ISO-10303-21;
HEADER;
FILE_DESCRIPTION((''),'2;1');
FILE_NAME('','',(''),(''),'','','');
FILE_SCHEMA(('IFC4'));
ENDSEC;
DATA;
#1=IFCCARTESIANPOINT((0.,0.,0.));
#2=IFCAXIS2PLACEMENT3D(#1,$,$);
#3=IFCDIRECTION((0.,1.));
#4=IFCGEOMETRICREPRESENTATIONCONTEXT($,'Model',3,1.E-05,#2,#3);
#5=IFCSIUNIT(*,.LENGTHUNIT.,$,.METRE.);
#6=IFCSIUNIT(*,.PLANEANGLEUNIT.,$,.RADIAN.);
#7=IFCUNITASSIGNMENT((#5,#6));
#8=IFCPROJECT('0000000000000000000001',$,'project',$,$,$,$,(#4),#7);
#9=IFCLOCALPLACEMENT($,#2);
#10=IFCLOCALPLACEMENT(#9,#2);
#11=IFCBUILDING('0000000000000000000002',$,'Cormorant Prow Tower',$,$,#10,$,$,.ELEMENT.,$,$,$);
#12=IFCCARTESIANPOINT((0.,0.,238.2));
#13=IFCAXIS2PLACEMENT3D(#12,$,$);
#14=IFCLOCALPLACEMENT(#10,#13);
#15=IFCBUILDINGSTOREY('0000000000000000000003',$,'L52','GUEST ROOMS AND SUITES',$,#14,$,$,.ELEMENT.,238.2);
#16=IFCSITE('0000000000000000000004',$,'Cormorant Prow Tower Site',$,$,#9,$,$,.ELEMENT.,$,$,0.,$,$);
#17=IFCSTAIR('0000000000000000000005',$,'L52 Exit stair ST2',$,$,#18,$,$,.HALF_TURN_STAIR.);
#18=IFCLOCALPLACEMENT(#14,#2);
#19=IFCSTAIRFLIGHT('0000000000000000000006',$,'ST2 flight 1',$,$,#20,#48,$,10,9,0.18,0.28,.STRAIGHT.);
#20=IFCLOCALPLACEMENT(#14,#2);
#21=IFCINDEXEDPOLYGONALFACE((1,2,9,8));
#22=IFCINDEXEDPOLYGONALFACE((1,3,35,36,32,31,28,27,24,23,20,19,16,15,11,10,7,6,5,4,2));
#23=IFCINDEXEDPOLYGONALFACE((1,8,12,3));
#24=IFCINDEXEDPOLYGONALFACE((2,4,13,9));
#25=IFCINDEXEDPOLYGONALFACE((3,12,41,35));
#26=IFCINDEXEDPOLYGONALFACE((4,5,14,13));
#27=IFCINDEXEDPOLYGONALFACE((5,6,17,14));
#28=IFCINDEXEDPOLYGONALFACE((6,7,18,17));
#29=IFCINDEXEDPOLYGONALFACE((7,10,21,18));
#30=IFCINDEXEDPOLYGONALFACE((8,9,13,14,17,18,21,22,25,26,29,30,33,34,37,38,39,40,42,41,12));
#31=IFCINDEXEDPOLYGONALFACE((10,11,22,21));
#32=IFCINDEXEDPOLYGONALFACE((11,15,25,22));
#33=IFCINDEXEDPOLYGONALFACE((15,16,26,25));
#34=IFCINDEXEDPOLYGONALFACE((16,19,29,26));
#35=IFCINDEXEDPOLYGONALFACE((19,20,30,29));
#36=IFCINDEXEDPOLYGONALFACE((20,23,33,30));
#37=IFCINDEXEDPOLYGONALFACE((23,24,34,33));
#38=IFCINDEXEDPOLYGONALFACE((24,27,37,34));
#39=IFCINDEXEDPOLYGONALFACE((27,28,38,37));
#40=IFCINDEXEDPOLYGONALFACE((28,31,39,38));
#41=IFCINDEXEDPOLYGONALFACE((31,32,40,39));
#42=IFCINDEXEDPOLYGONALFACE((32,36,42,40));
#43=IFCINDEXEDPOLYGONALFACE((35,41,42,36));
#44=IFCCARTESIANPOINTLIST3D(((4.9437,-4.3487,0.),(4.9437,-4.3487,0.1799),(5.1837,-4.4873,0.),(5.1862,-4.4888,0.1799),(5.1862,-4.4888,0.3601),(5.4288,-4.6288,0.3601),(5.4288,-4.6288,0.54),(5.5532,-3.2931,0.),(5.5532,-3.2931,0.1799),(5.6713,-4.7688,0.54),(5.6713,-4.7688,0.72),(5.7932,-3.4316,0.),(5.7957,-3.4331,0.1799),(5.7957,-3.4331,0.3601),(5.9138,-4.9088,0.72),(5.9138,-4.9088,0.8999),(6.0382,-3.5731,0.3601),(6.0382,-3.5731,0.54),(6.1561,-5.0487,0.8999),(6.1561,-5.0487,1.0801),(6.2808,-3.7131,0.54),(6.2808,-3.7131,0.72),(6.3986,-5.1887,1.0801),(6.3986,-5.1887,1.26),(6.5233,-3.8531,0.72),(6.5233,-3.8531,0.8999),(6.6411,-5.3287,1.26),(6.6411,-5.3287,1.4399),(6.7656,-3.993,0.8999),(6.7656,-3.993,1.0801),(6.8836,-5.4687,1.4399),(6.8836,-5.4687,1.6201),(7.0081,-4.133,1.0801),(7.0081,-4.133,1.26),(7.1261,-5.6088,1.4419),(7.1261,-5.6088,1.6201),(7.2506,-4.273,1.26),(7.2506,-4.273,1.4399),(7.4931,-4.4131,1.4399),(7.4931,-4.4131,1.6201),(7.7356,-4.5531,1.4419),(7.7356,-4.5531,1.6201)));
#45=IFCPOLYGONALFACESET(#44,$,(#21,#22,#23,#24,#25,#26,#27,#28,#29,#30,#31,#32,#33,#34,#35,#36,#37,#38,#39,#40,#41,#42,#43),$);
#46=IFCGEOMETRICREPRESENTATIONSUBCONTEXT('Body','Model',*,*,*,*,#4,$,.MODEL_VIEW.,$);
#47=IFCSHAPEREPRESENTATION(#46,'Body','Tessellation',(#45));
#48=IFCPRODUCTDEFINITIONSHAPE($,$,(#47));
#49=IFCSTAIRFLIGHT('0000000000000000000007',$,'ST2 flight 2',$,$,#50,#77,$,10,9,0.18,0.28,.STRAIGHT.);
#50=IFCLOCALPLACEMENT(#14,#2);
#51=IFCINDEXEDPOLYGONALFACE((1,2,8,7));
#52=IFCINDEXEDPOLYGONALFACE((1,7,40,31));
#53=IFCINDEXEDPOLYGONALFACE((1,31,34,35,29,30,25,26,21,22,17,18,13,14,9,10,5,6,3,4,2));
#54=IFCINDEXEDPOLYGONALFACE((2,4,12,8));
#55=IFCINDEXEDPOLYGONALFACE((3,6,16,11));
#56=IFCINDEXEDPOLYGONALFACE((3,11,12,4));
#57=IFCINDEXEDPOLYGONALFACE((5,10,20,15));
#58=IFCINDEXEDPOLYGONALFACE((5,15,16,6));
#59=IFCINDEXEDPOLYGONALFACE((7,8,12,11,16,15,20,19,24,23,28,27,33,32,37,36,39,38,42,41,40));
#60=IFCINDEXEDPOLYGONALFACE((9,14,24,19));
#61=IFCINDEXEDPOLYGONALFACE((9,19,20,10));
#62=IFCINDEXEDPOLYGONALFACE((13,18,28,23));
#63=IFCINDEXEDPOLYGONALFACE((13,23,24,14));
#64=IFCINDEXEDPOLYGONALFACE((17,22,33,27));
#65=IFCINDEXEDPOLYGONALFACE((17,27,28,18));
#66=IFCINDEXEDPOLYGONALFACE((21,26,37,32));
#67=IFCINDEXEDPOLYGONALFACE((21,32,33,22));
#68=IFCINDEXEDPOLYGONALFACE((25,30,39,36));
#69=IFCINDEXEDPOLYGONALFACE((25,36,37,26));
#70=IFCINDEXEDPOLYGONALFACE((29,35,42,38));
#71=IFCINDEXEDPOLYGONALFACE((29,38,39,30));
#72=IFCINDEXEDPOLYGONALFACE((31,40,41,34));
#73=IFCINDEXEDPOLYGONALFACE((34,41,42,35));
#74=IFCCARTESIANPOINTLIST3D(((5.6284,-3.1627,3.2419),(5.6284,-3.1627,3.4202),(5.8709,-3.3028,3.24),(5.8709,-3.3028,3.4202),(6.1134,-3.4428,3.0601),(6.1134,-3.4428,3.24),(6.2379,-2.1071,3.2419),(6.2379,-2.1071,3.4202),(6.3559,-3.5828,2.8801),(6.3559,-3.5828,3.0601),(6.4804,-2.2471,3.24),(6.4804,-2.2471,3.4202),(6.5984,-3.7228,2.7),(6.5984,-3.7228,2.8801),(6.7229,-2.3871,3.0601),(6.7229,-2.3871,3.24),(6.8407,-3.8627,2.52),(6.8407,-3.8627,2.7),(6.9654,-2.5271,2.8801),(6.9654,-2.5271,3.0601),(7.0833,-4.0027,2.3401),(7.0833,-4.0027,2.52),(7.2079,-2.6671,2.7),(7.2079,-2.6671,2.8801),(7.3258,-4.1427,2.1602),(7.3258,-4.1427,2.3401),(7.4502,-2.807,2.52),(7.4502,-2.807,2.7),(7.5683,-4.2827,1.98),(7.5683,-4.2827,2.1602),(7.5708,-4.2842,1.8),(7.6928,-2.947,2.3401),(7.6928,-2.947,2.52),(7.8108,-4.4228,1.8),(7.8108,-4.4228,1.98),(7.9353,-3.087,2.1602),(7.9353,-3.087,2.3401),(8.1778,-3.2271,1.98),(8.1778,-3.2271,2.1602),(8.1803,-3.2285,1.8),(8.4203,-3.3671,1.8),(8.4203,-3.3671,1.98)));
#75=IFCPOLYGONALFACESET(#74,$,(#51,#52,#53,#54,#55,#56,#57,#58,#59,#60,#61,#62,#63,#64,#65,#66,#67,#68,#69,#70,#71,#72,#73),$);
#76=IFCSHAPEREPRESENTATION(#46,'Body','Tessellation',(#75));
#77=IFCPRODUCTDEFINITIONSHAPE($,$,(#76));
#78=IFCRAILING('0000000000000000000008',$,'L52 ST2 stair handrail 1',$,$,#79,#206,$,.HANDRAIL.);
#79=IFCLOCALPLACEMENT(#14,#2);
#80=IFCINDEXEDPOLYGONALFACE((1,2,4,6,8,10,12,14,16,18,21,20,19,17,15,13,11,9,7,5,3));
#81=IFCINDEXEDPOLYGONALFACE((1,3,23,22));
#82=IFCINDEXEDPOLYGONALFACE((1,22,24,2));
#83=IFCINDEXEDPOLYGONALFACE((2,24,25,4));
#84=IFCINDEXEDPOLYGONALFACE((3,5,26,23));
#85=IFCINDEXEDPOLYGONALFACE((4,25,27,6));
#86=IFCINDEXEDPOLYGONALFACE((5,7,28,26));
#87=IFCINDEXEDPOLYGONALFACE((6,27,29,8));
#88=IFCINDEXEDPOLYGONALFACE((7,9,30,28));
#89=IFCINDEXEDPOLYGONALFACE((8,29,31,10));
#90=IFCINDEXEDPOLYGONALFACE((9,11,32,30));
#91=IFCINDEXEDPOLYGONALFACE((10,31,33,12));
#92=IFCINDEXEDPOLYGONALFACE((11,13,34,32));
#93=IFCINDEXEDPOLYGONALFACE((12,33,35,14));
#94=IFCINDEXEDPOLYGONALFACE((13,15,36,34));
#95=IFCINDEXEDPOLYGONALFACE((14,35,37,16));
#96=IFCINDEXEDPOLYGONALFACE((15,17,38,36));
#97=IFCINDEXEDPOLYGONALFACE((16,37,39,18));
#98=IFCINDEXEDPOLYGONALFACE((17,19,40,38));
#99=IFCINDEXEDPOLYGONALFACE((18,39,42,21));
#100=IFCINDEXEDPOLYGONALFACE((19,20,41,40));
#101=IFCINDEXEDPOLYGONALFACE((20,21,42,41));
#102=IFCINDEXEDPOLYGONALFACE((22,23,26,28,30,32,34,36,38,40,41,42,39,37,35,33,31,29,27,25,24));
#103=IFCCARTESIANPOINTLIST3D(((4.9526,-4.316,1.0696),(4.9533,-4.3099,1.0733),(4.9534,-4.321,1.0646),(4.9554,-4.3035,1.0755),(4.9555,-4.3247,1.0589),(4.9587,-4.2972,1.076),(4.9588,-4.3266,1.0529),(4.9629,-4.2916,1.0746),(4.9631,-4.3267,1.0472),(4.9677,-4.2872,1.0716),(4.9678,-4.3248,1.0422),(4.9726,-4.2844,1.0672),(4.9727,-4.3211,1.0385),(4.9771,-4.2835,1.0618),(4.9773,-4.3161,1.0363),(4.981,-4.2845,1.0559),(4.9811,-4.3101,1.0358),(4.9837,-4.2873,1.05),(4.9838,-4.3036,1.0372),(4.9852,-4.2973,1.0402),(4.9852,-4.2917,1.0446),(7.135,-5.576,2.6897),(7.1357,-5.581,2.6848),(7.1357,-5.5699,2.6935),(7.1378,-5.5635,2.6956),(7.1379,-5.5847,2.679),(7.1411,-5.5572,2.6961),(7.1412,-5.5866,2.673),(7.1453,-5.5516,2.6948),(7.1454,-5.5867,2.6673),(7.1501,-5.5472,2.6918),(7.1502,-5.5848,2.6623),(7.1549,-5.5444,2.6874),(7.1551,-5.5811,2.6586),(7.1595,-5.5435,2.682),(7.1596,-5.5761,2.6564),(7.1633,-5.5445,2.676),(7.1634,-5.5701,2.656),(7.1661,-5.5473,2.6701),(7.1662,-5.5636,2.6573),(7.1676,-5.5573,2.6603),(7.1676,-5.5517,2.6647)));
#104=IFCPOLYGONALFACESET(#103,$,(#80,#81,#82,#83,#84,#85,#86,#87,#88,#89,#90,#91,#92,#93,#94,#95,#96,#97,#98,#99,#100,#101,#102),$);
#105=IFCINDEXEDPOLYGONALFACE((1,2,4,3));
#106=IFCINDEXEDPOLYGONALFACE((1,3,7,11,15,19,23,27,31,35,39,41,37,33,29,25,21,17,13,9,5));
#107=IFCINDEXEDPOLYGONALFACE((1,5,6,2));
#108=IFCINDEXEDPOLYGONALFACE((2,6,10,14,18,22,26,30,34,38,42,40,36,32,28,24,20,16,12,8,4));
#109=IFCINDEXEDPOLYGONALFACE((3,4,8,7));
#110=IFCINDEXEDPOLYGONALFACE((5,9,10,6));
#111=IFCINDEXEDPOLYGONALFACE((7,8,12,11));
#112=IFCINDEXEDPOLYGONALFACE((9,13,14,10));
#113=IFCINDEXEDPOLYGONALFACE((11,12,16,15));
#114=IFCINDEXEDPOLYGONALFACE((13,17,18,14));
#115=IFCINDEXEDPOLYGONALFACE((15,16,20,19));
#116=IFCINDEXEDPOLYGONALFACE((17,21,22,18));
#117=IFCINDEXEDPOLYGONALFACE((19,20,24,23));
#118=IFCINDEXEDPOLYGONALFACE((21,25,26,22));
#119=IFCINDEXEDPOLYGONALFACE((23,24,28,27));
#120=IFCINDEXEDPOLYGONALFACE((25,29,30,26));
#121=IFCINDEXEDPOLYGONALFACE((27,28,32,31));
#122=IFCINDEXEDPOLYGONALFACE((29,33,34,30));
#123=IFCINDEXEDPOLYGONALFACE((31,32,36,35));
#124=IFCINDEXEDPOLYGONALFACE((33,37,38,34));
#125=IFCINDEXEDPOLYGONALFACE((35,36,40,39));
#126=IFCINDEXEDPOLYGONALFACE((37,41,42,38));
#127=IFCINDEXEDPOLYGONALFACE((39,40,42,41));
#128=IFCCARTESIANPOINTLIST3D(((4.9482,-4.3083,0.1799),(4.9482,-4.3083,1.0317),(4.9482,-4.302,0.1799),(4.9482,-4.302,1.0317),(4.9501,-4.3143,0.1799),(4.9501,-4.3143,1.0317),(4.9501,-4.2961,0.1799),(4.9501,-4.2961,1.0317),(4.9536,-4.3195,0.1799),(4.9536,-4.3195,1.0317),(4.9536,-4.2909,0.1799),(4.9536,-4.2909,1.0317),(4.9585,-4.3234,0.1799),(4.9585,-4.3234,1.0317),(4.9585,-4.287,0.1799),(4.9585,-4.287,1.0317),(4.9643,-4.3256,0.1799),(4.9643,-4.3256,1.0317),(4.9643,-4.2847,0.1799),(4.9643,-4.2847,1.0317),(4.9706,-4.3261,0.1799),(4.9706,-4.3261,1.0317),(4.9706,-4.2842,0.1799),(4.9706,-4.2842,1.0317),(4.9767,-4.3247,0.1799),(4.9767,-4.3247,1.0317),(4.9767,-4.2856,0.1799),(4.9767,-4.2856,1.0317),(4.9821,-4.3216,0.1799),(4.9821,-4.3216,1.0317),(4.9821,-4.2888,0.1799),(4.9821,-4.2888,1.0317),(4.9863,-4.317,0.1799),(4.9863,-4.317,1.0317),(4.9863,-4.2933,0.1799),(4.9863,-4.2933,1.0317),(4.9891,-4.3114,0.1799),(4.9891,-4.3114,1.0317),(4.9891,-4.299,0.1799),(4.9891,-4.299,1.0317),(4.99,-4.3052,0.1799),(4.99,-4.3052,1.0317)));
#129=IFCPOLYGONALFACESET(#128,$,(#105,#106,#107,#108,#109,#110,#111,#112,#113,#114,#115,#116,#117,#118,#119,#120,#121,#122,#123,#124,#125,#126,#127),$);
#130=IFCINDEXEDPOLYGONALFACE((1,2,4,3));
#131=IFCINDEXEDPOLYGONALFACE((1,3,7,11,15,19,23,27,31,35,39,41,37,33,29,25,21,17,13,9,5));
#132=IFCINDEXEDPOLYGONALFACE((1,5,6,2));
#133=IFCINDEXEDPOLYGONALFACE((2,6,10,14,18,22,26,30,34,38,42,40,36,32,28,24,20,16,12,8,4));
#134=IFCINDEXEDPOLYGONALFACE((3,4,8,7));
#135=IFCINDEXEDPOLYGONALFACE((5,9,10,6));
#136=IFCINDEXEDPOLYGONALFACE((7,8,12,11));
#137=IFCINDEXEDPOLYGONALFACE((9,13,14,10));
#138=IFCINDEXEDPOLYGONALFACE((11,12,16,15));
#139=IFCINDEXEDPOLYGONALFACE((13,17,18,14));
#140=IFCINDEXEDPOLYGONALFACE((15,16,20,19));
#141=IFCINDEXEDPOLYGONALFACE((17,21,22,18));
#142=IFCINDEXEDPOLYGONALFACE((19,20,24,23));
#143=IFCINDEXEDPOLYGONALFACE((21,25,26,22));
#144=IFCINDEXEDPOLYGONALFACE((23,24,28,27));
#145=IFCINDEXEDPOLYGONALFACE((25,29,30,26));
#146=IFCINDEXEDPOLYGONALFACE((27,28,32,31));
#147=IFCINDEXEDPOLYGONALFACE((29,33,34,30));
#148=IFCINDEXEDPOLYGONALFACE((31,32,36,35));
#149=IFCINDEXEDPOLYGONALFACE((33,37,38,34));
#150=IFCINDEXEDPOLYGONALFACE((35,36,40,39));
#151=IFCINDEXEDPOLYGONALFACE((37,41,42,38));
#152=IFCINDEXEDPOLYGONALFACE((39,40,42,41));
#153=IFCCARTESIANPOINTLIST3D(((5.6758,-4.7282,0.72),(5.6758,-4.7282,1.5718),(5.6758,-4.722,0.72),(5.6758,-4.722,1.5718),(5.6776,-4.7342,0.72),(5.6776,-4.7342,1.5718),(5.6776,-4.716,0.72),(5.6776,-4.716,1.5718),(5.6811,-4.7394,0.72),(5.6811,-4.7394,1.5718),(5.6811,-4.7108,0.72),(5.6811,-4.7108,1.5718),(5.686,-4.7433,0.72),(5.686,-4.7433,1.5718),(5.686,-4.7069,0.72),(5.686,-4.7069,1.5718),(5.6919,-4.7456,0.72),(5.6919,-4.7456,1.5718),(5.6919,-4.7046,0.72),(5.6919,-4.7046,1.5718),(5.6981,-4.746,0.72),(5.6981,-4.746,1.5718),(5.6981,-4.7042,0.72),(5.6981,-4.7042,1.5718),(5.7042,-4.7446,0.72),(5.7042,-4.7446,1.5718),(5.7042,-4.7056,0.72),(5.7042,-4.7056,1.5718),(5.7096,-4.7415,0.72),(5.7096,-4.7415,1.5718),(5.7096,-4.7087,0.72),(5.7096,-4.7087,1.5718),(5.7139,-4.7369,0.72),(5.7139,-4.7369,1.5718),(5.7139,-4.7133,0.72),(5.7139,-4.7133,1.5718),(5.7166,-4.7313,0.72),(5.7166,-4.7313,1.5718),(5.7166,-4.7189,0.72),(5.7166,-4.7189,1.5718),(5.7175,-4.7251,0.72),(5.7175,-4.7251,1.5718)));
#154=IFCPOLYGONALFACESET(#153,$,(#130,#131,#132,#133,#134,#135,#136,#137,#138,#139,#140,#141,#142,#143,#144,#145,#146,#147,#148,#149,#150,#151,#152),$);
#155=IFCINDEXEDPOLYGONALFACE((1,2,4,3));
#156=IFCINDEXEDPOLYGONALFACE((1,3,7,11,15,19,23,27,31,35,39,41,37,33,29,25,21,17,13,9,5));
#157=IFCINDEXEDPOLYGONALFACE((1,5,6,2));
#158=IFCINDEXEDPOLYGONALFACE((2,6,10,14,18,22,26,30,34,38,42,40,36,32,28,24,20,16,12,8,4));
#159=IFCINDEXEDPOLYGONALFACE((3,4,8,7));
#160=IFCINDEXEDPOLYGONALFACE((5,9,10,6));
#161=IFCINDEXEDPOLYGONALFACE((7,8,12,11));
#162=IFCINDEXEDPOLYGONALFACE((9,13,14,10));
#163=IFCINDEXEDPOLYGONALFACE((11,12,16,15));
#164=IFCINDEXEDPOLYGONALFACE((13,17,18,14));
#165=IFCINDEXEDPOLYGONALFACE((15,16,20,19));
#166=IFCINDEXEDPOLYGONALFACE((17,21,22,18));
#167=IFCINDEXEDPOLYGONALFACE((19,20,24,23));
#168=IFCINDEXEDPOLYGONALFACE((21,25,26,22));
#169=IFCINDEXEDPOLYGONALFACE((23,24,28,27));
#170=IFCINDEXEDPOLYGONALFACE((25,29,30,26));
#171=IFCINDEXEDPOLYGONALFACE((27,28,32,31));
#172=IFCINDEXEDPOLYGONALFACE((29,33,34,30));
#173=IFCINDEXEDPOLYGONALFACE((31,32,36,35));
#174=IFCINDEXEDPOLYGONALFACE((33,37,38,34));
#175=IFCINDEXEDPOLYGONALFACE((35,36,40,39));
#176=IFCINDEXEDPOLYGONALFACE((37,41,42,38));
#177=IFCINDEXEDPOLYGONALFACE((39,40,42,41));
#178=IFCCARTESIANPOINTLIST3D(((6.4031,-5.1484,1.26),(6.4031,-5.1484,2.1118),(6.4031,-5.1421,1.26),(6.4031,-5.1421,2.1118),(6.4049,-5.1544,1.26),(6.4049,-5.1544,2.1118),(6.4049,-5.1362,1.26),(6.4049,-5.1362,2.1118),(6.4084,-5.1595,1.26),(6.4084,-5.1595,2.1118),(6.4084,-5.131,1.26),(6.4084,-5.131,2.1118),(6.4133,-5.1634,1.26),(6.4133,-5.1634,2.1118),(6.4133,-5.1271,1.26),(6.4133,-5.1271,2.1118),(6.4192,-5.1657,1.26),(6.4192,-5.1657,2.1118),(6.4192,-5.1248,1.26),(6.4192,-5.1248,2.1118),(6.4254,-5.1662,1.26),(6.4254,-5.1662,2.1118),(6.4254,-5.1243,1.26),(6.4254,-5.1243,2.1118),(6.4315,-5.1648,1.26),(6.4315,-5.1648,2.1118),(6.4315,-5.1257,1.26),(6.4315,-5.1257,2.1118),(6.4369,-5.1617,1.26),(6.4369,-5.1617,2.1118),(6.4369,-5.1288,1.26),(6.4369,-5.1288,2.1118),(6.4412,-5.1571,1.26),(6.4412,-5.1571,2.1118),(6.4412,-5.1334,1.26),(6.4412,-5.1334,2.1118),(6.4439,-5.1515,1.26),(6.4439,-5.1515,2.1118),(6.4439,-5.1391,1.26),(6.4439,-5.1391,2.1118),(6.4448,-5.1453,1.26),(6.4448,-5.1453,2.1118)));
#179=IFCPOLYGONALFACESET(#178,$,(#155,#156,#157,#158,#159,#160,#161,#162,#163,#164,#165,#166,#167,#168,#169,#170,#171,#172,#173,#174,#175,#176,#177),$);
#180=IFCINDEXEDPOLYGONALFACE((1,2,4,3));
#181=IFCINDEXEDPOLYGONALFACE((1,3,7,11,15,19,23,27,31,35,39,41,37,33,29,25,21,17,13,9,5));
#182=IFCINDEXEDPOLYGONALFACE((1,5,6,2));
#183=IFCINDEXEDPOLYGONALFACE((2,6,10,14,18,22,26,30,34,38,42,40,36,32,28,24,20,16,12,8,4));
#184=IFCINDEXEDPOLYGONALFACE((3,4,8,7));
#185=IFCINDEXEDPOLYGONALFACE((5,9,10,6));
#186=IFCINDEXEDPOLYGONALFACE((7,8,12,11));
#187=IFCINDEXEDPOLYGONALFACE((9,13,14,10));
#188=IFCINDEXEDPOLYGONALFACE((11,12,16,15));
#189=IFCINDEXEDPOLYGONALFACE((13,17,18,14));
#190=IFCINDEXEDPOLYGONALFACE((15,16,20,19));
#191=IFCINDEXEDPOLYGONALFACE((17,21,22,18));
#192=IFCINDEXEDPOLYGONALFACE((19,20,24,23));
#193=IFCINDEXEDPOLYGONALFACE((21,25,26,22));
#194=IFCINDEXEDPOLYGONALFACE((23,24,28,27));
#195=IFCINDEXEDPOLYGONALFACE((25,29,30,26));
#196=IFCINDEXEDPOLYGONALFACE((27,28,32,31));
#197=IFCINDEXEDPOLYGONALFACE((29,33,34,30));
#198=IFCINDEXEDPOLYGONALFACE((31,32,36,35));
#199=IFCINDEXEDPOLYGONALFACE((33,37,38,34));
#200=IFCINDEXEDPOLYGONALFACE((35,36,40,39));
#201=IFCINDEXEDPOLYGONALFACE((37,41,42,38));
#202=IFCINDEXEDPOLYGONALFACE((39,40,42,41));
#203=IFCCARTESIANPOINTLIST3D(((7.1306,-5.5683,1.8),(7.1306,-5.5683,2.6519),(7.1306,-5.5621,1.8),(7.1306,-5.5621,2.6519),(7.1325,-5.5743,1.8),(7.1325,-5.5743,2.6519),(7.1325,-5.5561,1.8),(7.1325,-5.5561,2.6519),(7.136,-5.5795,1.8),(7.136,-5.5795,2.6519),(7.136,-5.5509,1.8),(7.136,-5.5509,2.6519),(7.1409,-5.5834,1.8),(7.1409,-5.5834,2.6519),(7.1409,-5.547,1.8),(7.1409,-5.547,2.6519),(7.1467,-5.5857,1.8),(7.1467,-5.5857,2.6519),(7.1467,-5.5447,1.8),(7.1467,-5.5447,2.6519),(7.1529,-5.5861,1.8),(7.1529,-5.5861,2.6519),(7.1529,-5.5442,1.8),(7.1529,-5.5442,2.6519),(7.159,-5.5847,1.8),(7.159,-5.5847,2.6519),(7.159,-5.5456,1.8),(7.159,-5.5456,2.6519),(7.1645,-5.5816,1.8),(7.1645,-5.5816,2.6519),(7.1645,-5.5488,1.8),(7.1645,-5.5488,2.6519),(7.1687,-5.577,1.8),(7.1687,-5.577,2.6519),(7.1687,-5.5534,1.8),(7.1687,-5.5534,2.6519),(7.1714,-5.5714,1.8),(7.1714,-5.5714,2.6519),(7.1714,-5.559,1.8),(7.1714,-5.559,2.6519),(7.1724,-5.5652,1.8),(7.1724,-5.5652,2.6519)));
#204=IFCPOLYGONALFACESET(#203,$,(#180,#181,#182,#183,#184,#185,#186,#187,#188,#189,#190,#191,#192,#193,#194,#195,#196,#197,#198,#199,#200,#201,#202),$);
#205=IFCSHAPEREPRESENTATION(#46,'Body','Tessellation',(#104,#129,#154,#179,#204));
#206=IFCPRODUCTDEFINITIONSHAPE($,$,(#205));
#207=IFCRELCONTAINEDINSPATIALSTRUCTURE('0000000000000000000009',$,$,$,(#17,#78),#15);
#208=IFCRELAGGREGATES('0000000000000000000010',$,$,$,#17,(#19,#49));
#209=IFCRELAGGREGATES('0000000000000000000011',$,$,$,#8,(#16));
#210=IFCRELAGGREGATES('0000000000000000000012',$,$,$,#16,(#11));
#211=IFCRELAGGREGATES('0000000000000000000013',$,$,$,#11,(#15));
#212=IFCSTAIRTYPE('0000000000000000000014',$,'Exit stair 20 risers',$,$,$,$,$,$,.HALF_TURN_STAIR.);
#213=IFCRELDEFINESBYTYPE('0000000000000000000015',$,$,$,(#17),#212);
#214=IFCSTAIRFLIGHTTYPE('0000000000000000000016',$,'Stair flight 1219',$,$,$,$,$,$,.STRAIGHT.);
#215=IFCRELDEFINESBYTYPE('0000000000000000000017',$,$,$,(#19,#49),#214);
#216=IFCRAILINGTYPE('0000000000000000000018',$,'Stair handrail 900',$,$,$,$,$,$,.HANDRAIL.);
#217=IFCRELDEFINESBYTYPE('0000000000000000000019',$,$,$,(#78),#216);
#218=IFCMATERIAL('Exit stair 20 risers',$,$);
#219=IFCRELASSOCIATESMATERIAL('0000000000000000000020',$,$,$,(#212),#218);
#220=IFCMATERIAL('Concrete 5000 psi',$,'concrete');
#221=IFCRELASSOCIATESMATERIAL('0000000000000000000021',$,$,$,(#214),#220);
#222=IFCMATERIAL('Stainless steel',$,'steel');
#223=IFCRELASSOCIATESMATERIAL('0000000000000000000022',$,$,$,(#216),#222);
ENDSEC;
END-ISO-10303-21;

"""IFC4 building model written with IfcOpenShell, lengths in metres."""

from ifc_helpers import new_model, si_unit, direction, frame, origin, origin_2d, place, context, subcontext, project, spatial, polyline, circle, outline, extrude, material, type_object, element, aggregate, save


model = new_model("IFC4")

# Units and contexts
model_context = context("Model", 3, precision=1e-05, world=origin(), true_north=direction((0.0, 1.0)))
body_context = subcontext(model_context, "Body", "Model", "MODEL_VIEW")
ifc_project = project(units=[si_unit("LENGTHUNIT", "METRE"), si_unit("PLANEANGLEUNIT", "RADIAN")], contexts=[model_context])

# Site, building, storey
site_placement = place(None, origin())
site = spatial("IfcSite", under=ifc_project, at=site_placement, Name="Cormorant Prow Tower Site", CompositionType="ELEMENT", RefElevation=0.0)
building_placement = place(site_placement, origin())
building = spatial("IfcBuilding", under=site, at=building_placement, Name="Cormorant Prow Tower", CompositionType="ELEMENT")
storey_placement = place(building_placement, frame((0.0, 0.0, 238.2)))
storey = spatial("IfcBuildingStorey", under=building, at=storey_placement, Name="L52", Description="GUEST ROOMS AND SUITES", CompositionType="ELEMENT", Elevation=238.2)

# Stair, stair flights
ifc_material_1 = material(Name="Exit stair 20 risers")
stair_type = type_object("IfcStairType", Name="Exit stair 20 risers", PredefinedType="HALF_TURN_STAIR", material=ifc_material_1)
stair_placement = place(storey_placement, origin())
stair = element("IfcStair", 1, at=stair_placement, inside=storey, type_object=stair_type, Name="L52 Exit stair ST2", PredefinedType="HALF_TURN_STAIR")
ifc_material_2 = material(Name="Concrete 5000 psi", Category="concrete")
stair_flight_type = type_object("IfcStairFlightType", Name="Stair flight 1219", PredefinedType="STRAIGHT", material=ifc_material_2)
stair_flight_1_placement = place(storey_placement, frame((5.2485, -3.8208, 0.0), z_axis=(0.0, 0.0, 1.0), x_axis=(0.866025, -0.5, 0.0)))
stair_flight_1 = element("IfcStairFlight", 2, at=stair_flight_1_placement, type_object=stair_flight_type, Name="ST2 flight 1", NumberOfRisers=10, NumberOfTreads=9, PredefinedType="STRAIGHT", RiserHeight=0.18, TreadLength=0.28, context=body_context, shape_type="SweptSolid", body=[
    extrude(outline(polyline([(0.0, 0.0), (0.0, 0.1799), (0.28, 0.1799), (0.28, 0.3601), (0.5601, 0.3601), (0.5601, 0.54), (0.8401, 0.54), (0.8401, 0.72), (1.1201, 0.72), (1.1201, 0.8999), (1.3999, 0.8999), (1.3999, 1.0801), (1.6799, 1.0801), (1.6799, 1.26), (1.96, 1.26), (1.96, 1.4399), (2.24, 1.4399), (2.24, 1.6201), (2.52, 1.6201), (2.52, 1.8), (2.52, 1.4419), (0.2771, 0.0), (0.0, 0.0)])), frame((0.0, 0.6094, 0.0), z_axis=(0.0, -1.0, 0.0), x_axis=(1.0, 0.0, 0.0)), (0.0, 0.0, 1.0), 1.219),
])
stair_flight_2_placement = place(storey_placement, frame((8.1155, -3.895, 1.8), z_axis=(0.0, 0.0, 1.0), x_axis=(-0.866025, 0.5, 0.0)))
stair_flight_2 = element("IfcStairFlight", 3, at=stair_flight_2_placement, type_object=stair_flight_type, Name="ST2 flight 2", NumberOfRisers=10, NumberOfTreads=9, PredefinedType="STRAIGHT", RiserHeight=0.18, TreadLength=0.28, context=body_context, shape_type="SweptSolid", body=[
    extrude(outline(polyline([(0.0, 0.0), (0.0, 0.1799), (0.28, 0.1799), (0.28, 0.3601), (0.5601, 0.3601), (0.5601, 0.54), (0.8401, 0.54), (0.8401, 0.72), (1.1201, 0.72), (1.1201, 0.8999), (1.3999, 0.8999), (1.3999, 1.0801), (1.6799, 1.0801), (1.6799, 1.26), (1.96, 1.26), (1.96, 1.4399), (2.24, 1.4399), (2.24, 1.6201), (2.52, 1.6201), (2.52, 1.8), (2.52, 1.4419), (0.2771, 0.0), (0.0, 0.0)])), frame((0.0, 0.6094, 0.0), z_axis=(0.0, -1.0, 0.0), x_axis=(1.0, 0.0, 0.0)), (0.0, 0.0, 1.0), 1.219),
])
aggregate(stair, [stair_flight_1, stair_flight_2])

# Railing
ifc_material_3 = material(Name="Stainless steel", Category="steel")
railing_type_1 = type_object("IfcRailingType", Name="Stair handrail 900", PredefinedType="HANDRAIL", material=ifc_material_3)
railing_1_placement = place(storey_placement, frame((4.969, -4.3052, 0.1799)))
element("IfcRailing", 4, at=railing_1_placement, inside=storey, type_object=railing_type_1, Name="L52 ST2 stair handrail 1", PredefinedType="HANDRAIL", context=body_context, shape_type="SweptSolid", body=[
    extrude(circle(Radius=0.0239, at=origin_2d()), frame((0.0, 0.0, 0.876), z_axis=(0.728464, -0.420584, 0.540786), x_axis=(0.500005, 0.866023, 0.0)), (0.0, 0.0, 1.0), 2.9958),
    extrude(circle(Radius=0.021, at=origin_2d()), origin(), (0.0, 0.0, 1.0), 0.8518),
    extrude(circle(Radius=0.021, at=origin_2d()), frame((0.7275, -0.4199, 0.54)), (0.0, 0.0, 1.0), 0.8518),
    extrude(circle(Radius=0.021, at=origin_2d()), frame((1.4548, -0.8401, 1.0801)), (0.0, 0.0, 1.0), 0.8518),
    extrude(circle(Radius=0.021, at=origin_2d()), frame((2.1824, -1.26, 1.6201)), (0.0, 0.0, 1.0), 0.8518),
])

save(model, "model.ifc")
